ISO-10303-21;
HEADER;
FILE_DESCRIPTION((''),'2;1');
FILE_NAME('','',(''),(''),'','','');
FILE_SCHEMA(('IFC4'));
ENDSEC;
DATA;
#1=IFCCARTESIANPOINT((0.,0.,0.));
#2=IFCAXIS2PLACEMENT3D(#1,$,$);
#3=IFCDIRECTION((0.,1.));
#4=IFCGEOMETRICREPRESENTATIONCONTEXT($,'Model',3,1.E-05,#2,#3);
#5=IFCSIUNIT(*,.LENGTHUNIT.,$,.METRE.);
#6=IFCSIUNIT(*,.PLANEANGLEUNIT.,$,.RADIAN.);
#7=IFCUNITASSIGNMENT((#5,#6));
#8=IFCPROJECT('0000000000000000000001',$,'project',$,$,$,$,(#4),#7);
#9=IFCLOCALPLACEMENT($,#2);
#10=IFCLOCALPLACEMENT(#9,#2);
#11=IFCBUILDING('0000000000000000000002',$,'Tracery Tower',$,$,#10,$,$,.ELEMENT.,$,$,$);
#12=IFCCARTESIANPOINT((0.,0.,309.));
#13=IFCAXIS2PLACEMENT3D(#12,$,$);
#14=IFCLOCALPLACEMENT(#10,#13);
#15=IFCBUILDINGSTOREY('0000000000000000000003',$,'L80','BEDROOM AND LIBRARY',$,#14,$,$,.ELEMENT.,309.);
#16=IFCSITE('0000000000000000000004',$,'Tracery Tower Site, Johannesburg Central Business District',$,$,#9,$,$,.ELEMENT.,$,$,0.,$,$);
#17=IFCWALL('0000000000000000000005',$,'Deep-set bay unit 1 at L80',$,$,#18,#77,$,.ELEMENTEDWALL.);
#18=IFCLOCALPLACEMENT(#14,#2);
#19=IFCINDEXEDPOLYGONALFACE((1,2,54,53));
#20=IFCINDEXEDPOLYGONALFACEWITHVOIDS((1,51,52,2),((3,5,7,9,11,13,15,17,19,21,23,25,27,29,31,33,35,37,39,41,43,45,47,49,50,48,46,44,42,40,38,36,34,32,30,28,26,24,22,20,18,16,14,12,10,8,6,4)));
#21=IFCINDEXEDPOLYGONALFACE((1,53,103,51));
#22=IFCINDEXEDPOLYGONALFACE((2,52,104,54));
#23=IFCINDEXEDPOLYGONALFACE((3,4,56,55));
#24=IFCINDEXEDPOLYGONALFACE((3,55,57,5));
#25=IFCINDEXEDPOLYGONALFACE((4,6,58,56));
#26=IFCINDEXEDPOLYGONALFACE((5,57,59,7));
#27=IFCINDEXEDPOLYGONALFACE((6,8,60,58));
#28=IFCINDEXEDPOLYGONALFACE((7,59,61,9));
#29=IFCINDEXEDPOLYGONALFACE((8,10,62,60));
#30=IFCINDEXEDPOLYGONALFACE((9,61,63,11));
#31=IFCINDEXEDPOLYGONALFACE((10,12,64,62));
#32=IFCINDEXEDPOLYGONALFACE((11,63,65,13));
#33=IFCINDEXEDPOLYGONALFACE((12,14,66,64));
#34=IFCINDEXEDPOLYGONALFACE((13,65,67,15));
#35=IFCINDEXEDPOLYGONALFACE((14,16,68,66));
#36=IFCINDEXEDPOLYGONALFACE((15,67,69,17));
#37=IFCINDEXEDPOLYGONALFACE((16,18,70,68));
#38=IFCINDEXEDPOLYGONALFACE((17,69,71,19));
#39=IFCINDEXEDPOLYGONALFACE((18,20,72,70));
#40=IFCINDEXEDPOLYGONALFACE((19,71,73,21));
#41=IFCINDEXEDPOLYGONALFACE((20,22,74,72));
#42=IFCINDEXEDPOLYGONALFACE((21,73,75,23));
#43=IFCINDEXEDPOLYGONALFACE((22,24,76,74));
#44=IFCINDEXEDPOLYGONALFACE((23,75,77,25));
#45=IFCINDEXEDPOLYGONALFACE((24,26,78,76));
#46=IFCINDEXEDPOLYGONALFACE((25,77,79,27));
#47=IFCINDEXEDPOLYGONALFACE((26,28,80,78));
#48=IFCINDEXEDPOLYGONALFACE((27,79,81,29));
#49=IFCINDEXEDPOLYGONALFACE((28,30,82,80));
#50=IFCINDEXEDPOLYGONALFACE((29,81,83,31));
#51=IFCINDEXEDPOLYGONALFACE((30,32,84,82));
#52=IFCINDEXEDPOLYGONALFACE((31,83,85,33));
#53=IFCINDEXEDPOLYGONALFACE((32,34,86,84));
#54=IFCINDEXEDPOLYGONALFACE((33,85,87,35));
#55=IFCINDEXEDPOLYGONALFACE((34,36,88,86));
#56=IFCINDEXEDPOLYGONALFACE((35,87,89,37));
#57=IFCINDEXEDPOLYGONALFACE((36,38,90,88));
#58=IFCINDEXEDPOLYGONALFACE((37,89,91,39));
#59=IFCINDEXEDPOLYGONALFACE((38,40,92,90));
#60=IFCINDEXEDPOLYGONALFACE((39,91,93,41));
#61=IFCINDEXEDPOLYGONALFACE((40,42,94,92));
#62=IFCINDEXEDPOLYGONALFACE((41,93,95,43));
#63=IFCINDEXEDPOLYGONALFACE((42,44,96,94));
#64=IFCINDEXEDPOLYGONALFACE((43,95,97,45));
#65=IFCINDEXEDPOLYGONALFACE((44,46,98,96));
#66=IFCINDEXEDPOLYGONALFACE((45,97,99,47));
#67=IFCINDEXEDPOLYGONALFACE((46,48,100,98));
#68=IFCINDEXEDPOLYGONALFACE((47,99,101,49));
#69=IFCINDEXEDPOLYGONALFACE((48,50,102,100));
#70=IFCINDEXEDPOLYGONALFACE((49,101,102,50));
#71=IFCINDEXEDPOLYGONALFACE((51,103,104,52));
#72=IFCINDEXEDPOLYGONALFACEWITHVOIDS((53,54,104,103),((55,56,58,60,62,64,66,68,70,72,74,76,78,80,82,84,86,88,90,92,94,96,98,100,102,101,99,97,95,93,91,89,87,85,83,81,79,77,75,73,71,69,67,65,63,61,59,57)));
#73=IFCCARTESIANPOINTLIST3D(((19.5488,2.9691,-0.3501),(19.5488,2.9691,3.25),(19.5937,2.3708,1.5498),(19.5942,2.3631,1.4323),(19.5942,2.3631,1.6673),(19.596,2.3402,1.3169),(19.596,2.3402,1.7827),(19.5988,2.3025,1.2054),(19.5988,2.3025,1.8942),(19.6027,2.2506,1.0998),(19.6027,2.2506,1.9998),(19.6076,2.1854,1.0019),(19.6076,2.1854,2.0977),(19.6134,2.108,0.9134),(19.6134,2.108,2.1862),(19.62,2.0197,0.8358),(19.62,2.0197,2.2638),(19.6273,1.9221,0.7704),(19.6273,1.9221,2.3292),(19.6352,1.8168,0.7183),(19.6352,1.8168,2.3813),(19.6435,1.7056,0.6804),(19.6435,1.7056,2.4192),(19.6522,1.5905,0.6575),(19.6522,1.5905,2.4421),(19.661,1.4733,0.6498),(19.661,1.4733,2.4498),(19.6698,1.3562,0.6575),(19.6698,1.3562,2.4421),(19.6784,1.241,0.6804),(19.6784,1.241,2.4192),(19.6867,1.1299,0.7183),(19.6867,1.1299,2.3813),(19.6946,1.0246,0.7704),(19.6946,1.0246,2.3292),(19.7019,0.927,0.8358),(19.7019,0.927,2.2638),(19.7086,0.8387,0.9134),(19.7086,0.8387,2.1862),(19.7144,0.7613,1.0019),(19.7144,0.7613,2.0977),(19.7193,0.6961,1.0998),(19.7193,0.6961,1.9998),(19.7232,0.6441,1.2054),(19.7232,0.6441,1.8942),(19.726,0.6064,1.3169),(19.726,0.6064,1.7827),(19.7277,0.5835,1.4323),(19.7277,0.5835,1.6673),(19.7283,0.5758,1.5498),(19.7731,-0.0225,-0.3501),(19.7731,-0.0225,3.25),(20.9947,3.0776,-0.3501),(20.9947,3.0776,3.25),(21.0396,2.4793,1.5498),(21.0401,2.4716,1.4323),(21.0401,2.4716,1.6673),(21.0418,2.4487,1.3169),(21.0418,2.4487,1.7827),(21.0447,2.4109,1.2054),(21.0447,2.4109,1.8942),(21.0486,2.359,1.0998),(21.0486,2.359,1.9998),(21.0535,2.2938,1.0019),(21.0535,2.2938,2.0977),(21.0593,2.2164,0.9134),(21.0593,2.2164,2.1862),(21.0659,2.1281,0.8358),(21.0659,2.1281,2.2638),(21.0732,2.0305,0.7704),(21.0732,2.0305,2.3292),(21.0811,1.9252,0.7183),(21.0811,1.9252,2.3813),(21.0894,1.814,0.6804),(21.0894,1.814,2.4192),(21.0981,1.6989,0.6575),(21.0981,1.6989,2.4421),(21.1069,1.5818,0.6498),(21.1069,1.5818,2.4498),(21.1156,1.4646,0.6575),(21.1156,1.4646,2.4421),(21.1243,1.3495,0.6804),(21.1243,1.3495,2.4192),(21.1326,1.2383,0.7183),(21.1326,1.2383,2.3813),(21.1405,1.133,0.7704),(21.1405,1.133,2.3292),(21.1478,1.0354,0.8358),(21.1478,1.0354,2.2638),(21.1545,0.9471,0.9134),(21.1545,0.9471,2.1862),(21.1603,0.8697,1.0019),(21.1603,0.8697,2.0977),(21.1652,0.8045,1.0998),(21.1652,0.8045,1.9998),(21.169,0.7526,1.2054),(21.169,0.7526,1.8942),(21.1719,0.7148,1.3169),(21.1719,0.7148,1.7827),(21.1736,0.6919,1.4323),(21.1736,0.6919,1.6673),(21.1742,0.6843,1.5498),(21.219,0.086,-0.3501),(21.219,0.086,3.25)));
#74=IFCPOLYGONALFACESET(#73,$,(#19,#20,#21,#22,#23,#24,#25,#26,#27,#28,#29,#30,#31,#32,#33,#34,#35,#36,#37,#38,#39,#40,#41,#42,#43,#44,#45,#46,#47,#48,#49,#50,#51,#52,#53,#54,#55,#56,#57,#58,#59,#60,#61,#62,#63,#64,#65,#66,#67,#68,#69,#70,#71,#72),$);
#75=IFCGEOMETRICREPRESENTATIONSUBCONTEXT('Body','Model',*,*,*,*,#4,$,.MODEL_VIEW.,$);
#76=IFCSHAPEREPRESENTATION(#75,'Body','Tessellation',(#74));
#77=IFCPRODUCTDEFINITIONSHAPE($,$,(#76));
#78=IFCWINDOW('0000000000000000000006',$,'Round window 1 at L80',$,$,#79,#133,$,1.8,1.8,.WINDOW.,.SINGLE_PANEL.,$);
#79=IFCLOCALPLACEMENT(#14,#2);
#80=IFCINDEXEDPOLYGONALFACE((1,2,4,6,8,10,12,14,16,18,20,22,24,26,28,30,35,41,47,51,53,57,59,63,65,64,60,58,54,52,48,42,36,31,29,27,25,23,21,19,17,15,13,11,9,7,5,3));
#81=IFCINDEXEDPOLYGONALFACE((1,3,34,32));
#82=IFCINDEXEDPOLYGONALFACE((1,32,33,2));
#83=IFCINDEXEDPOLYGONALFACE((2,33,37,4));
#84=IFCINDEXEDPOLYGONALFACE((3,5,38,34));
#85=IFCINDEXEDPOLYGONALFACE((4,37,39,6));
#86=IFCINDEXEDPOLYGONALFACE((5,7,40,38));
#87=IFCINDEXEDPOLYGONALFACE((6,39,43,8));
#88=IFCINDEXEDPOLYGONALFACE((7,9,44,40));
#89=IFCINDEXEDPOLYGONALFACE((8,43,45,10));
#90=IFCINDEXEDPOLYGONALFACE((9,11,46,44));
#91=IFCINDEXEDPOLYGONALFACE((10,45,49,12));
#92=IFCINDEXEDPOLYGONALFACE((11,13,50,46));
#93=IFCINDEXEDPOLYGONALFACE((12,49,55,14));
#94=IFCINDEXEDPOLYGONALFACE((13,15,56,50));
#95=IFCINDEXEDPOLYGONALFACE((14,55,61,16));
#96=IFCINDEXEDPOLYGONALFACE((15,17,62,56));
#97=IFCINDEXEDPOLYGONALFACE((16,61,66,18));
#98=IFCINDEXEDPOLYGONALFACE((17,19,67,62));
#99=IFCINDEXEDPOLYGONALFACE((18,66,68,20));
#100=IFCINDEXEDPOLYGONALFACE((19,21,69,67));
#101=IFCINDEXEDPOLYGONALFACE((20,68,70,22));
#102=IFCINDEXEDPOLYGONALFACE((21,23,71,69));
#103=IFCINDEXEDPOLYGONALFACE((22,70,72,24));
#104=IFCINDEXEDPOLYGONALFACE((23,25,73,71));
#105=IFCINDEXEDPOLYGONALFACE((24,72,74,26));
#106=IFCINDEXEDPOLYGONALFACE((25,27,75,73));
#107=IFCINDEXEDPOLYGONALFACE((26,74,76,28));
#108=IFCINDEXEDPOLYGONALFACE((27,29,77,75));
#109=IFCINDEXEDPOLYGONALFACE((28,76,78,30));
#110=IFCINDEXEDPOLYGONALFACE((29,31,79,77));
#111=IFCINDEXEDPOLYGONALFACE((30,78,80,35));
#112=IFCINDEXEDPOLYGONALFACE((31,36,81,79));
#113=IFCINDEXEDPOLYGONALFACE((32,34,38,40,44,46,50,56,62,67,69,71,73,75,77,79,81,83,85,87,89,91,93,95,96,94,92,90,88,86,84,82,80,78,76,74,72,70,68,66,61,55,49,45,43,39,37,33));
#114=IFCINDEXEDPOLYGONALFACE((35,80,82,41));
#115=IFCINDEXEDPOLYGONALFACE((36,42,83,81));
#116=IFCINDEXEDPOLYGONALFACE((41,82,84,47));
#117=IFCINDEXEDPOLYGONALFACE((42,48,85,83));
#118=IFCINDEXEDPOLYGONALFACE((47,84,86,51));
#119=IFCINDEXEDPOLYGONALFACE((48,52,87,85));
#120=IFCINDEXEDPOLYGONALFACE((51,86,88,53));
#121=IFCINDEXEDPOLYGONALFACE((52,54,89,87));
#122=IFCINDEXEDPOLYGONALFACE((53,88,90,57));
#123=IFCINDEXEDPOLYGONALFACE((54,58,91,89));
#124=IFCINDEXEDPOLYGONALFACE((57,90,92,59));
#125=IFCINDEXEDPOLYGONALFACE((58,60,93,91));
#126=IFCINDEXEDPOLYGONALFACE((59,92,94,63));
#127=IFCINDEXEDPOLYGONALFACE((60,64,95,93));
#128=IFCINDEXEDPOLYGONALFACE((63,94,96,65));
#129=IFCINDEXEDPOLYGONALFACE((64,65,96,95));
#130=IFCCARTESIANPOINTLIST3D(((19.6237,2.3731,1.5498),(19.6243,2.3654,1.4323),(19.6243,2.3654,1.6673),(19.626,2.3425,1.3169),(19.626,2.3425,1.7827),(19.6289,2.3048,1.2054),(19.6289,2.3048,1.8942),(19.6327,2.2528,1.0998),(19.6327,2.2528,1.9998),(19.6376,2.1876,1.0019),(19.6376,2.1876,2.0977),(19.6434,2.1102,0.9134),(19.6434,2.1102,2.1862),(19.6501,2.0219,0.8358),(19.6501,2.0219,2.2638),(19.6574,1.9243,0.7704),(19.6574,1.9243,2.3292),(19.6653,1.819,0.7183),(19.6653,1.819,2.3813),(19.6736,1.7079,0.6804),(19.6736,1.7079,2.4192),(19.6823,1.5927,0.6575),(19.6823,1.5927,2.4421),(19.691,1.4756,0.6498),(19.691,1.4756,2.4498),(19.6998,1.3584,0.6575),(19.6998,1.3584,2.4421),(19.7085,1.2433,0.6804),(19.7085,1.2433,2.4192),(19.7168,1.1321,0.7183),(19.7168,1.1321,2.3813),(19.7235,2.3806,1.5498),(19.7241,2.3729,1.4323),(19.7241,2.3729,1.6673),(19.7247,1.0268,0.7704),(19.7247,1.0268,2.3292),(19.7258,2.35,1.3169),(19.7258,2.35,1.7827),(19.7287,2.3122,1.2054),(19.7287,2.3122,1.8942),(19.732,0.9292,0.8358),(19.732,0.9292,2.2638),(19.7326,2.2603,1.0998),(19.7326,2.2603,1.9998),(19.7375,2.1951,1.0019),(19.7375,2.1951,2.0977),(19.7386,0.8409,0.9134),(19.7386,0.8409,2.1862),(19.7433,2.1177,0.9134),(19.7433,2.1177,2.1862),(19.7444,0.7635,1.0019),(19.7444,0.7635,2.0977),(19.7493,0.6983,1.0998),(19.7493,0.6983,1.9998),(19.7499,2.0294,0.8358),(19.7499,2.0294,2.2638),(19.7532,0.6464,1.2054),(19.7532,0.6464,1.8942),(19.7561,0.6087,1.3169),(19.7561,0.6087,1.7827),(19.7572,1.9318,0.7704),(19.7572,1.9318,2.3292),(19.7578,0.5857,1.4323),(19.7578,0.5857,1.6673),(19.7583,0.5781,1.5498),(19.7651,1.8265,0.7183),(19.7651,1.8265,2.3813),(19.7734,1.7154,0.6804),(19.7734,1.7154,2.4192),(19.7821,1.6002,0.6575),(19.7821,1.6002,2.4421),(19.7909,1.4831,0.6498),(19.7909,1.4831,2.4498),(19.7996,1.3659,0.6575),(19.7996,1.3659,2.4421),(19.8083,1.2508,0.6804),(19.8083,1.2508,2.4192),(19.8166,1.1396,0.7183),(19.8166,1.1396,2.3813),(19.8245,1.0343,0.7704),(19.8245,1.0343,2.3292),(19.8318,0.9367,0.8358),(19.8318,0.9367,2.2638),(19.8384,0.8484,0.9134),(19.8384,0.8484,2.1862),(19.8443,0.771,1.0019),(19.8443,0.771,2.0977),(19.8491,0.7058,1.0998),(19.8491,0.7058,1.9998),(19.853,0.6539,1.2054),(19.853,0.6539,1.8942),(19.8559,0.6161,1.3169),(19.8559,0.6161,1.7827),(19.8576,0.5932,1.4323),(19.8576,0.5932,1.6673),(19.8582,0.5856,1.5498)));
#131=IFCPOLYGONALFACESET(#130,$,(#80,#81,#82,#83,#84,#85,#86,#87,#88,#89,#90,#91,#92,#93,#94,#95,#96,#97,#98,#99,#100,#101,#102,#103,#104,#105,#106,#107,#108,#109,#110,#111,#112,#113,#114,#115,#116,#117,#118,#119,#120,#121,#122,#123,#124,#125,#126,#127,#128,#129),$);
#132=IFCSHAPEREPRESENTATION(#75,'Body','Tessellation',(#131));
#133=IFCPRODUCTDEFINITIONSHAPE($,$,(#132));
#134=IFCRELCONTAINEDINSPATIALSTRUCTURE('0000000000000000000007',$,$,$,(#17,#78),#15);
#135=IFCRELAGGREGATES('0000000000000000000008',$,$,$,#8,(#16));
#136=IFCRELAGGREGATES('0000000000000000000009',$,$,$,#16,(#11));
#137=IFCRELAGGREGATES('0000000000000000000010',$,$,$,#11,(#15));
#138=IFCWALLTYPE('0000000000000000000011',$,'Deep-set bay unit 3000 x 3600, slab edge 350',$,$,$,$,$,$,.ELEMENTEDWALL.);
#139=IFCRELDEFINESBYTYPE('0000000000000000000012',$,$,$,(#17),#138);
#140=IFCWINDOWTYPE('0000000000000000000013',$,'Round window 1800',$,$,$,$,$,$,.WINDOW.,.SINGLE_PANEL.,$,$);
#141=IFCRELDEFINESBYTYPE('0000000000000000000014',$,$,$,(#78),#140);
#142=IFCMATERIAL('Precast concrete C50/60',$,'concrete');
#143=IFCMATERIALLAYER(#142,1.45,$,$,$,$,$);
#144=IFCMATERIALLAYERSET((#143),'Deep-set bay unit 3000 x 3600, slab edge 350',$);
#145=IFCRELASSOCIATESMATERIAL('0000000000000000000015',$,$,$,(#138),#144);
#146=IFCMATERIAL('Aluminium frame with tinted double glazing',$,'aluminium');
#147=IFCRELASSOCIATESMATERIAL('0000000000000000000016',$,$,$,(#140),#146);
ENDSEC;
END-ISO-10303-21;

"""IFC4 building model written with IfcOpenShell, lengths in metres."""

from ifc_helpers import new_model, si_unit, direction, frame, frame_2d, origin, origin_2d, place, context, subcontext, project, spatial, rectangle, circle, extrude, material, layer, layer_set, type_object, element, fill, save


model = new_model("IFC4")

# Units and contexts
model_context = context("Model", 3, precision=1e-05, world=origin(), true_north=direction((0.0, 1.0)))
body_context = subcontext(model_context, "Body", "Model", "MODEL_VIEW")
ifc_project = project(units=[si_unit("LENGTHUNIT", "METRE"), si_unit("PLANEANGLEUNIT", "RADIAN")], contexts=[model_context])

# Site, building, storey
site_placement = place(None, origin())
site = spatial("IfcSite", under=ifc_project, at=site_placement, Name="Tracery Tower Site, Johannesburg Central Business District", CompositionType="ELEMENT", RefElevation=0.0)
building_placement = place(site_placement, origin())
building = spatial("IfcBuilding", under=site, at=building_placement, Name="Tracery Tower", CompositionType="ELEMENT")
storey_placement = place(building_placement, frame((0.0, 0.0, 309.0)))
storey = spatial("IfcBuildingStorey", under=building, at=storey_placement, Name="L80", Description="BEDROOM AND LIBRARY", CompositionType="ELEMENT", Elevation=309.0)

# Wall, opening, window
ifc_material_1 = material(Name="Precast concrete C50/60", Category="concrete")
ifc_layer_1 = layer(ifc_material_1, 1.45)
ifc_layer_set_1 = layer_set([ifc_layer_1], Name="Deep-set bay unit 3000 x 3600, slab edge 350")
wall_type_1 = type_object("IfcWallType", Name="Deep-set bay unit 3000 x 3600, slab edge 350", PredefinedType="ELEMENTEDWALL", material=ifc_layer_set_1)
wall_1_placement = place(storey_placement, frame((20.4961, 0.0317, -0.3501), z_axis=(0.0, 0.0, 1.0), x_axis=(-0.074786, 0.9972, 0.0)))
wall_1 = element("IfcWall", 1, at=wall_1_placement, inside=storey, type_object=wall_type_1, Name="Deep-set bay unit 1 at L80", PredefinedType="ELEMENTEDWALL", context=body_context, shape_type="SweptSolid", body=[
    extrude(rectangle(XDim=3.0, YDim=1.45, at=frame_2d((1.5, 0.0))), origin(), (0.0, 0.0, 1.0), 3.6001),
])
opening_1_placement = place(wall_1_placement, frame((1.5, 0.0, 1.8999)))
opening_1 = element("IfcOpeningElement", 2, at=opening_1_placement, cuts=wall_1, PredefinedType="OPENING", context=body_context, shape_type="SweptSolid", body=[
    extrude(circle(Radius=0.9, at=origin_2d()), frame((0.0, 0.7349, 0.0), z_axis=(0.0, -1.0, 0.0), x_axis=(1.0, 0.0, 0.0)), (0.0, 0.0, 1.0), 1.47),
])
ifc_material_2 = material(Name="Aluminium frame with tinted double glazing", Category="aluminium")
window_type = type_object("IfcWindowType", Name="Round window 1800", PartitioningType="SINGLE_PANEL", PredefinedType="WINDOW", material=ifc_material_2)
window_1_placement = place(opening_1_placement, origin())
window_1 = element("IfcWindow", 3, at=window_1_placement, inside=storey, type_object=window_type, Name="Round window 1 at L80", OverallHeight=1.8, OverallWidth=1.8, PartitioningType="SINGLE_PANEL", PredefinedType="WINDOW", context=body_context, shape_type="SweptSolid", body=[
    extrude(circle(Radius=0.9, at=origin_2d()), frame((0.0, 0.6948, 0.0), z_axis=(0.0, -1.0, 0.0), x_axis=(1.0, 0.0, 0.0)), (0.0, 0.0, 1.0), 0.1001),
])
fill(opening_1, window_1)

save(model, "model.ifc")
